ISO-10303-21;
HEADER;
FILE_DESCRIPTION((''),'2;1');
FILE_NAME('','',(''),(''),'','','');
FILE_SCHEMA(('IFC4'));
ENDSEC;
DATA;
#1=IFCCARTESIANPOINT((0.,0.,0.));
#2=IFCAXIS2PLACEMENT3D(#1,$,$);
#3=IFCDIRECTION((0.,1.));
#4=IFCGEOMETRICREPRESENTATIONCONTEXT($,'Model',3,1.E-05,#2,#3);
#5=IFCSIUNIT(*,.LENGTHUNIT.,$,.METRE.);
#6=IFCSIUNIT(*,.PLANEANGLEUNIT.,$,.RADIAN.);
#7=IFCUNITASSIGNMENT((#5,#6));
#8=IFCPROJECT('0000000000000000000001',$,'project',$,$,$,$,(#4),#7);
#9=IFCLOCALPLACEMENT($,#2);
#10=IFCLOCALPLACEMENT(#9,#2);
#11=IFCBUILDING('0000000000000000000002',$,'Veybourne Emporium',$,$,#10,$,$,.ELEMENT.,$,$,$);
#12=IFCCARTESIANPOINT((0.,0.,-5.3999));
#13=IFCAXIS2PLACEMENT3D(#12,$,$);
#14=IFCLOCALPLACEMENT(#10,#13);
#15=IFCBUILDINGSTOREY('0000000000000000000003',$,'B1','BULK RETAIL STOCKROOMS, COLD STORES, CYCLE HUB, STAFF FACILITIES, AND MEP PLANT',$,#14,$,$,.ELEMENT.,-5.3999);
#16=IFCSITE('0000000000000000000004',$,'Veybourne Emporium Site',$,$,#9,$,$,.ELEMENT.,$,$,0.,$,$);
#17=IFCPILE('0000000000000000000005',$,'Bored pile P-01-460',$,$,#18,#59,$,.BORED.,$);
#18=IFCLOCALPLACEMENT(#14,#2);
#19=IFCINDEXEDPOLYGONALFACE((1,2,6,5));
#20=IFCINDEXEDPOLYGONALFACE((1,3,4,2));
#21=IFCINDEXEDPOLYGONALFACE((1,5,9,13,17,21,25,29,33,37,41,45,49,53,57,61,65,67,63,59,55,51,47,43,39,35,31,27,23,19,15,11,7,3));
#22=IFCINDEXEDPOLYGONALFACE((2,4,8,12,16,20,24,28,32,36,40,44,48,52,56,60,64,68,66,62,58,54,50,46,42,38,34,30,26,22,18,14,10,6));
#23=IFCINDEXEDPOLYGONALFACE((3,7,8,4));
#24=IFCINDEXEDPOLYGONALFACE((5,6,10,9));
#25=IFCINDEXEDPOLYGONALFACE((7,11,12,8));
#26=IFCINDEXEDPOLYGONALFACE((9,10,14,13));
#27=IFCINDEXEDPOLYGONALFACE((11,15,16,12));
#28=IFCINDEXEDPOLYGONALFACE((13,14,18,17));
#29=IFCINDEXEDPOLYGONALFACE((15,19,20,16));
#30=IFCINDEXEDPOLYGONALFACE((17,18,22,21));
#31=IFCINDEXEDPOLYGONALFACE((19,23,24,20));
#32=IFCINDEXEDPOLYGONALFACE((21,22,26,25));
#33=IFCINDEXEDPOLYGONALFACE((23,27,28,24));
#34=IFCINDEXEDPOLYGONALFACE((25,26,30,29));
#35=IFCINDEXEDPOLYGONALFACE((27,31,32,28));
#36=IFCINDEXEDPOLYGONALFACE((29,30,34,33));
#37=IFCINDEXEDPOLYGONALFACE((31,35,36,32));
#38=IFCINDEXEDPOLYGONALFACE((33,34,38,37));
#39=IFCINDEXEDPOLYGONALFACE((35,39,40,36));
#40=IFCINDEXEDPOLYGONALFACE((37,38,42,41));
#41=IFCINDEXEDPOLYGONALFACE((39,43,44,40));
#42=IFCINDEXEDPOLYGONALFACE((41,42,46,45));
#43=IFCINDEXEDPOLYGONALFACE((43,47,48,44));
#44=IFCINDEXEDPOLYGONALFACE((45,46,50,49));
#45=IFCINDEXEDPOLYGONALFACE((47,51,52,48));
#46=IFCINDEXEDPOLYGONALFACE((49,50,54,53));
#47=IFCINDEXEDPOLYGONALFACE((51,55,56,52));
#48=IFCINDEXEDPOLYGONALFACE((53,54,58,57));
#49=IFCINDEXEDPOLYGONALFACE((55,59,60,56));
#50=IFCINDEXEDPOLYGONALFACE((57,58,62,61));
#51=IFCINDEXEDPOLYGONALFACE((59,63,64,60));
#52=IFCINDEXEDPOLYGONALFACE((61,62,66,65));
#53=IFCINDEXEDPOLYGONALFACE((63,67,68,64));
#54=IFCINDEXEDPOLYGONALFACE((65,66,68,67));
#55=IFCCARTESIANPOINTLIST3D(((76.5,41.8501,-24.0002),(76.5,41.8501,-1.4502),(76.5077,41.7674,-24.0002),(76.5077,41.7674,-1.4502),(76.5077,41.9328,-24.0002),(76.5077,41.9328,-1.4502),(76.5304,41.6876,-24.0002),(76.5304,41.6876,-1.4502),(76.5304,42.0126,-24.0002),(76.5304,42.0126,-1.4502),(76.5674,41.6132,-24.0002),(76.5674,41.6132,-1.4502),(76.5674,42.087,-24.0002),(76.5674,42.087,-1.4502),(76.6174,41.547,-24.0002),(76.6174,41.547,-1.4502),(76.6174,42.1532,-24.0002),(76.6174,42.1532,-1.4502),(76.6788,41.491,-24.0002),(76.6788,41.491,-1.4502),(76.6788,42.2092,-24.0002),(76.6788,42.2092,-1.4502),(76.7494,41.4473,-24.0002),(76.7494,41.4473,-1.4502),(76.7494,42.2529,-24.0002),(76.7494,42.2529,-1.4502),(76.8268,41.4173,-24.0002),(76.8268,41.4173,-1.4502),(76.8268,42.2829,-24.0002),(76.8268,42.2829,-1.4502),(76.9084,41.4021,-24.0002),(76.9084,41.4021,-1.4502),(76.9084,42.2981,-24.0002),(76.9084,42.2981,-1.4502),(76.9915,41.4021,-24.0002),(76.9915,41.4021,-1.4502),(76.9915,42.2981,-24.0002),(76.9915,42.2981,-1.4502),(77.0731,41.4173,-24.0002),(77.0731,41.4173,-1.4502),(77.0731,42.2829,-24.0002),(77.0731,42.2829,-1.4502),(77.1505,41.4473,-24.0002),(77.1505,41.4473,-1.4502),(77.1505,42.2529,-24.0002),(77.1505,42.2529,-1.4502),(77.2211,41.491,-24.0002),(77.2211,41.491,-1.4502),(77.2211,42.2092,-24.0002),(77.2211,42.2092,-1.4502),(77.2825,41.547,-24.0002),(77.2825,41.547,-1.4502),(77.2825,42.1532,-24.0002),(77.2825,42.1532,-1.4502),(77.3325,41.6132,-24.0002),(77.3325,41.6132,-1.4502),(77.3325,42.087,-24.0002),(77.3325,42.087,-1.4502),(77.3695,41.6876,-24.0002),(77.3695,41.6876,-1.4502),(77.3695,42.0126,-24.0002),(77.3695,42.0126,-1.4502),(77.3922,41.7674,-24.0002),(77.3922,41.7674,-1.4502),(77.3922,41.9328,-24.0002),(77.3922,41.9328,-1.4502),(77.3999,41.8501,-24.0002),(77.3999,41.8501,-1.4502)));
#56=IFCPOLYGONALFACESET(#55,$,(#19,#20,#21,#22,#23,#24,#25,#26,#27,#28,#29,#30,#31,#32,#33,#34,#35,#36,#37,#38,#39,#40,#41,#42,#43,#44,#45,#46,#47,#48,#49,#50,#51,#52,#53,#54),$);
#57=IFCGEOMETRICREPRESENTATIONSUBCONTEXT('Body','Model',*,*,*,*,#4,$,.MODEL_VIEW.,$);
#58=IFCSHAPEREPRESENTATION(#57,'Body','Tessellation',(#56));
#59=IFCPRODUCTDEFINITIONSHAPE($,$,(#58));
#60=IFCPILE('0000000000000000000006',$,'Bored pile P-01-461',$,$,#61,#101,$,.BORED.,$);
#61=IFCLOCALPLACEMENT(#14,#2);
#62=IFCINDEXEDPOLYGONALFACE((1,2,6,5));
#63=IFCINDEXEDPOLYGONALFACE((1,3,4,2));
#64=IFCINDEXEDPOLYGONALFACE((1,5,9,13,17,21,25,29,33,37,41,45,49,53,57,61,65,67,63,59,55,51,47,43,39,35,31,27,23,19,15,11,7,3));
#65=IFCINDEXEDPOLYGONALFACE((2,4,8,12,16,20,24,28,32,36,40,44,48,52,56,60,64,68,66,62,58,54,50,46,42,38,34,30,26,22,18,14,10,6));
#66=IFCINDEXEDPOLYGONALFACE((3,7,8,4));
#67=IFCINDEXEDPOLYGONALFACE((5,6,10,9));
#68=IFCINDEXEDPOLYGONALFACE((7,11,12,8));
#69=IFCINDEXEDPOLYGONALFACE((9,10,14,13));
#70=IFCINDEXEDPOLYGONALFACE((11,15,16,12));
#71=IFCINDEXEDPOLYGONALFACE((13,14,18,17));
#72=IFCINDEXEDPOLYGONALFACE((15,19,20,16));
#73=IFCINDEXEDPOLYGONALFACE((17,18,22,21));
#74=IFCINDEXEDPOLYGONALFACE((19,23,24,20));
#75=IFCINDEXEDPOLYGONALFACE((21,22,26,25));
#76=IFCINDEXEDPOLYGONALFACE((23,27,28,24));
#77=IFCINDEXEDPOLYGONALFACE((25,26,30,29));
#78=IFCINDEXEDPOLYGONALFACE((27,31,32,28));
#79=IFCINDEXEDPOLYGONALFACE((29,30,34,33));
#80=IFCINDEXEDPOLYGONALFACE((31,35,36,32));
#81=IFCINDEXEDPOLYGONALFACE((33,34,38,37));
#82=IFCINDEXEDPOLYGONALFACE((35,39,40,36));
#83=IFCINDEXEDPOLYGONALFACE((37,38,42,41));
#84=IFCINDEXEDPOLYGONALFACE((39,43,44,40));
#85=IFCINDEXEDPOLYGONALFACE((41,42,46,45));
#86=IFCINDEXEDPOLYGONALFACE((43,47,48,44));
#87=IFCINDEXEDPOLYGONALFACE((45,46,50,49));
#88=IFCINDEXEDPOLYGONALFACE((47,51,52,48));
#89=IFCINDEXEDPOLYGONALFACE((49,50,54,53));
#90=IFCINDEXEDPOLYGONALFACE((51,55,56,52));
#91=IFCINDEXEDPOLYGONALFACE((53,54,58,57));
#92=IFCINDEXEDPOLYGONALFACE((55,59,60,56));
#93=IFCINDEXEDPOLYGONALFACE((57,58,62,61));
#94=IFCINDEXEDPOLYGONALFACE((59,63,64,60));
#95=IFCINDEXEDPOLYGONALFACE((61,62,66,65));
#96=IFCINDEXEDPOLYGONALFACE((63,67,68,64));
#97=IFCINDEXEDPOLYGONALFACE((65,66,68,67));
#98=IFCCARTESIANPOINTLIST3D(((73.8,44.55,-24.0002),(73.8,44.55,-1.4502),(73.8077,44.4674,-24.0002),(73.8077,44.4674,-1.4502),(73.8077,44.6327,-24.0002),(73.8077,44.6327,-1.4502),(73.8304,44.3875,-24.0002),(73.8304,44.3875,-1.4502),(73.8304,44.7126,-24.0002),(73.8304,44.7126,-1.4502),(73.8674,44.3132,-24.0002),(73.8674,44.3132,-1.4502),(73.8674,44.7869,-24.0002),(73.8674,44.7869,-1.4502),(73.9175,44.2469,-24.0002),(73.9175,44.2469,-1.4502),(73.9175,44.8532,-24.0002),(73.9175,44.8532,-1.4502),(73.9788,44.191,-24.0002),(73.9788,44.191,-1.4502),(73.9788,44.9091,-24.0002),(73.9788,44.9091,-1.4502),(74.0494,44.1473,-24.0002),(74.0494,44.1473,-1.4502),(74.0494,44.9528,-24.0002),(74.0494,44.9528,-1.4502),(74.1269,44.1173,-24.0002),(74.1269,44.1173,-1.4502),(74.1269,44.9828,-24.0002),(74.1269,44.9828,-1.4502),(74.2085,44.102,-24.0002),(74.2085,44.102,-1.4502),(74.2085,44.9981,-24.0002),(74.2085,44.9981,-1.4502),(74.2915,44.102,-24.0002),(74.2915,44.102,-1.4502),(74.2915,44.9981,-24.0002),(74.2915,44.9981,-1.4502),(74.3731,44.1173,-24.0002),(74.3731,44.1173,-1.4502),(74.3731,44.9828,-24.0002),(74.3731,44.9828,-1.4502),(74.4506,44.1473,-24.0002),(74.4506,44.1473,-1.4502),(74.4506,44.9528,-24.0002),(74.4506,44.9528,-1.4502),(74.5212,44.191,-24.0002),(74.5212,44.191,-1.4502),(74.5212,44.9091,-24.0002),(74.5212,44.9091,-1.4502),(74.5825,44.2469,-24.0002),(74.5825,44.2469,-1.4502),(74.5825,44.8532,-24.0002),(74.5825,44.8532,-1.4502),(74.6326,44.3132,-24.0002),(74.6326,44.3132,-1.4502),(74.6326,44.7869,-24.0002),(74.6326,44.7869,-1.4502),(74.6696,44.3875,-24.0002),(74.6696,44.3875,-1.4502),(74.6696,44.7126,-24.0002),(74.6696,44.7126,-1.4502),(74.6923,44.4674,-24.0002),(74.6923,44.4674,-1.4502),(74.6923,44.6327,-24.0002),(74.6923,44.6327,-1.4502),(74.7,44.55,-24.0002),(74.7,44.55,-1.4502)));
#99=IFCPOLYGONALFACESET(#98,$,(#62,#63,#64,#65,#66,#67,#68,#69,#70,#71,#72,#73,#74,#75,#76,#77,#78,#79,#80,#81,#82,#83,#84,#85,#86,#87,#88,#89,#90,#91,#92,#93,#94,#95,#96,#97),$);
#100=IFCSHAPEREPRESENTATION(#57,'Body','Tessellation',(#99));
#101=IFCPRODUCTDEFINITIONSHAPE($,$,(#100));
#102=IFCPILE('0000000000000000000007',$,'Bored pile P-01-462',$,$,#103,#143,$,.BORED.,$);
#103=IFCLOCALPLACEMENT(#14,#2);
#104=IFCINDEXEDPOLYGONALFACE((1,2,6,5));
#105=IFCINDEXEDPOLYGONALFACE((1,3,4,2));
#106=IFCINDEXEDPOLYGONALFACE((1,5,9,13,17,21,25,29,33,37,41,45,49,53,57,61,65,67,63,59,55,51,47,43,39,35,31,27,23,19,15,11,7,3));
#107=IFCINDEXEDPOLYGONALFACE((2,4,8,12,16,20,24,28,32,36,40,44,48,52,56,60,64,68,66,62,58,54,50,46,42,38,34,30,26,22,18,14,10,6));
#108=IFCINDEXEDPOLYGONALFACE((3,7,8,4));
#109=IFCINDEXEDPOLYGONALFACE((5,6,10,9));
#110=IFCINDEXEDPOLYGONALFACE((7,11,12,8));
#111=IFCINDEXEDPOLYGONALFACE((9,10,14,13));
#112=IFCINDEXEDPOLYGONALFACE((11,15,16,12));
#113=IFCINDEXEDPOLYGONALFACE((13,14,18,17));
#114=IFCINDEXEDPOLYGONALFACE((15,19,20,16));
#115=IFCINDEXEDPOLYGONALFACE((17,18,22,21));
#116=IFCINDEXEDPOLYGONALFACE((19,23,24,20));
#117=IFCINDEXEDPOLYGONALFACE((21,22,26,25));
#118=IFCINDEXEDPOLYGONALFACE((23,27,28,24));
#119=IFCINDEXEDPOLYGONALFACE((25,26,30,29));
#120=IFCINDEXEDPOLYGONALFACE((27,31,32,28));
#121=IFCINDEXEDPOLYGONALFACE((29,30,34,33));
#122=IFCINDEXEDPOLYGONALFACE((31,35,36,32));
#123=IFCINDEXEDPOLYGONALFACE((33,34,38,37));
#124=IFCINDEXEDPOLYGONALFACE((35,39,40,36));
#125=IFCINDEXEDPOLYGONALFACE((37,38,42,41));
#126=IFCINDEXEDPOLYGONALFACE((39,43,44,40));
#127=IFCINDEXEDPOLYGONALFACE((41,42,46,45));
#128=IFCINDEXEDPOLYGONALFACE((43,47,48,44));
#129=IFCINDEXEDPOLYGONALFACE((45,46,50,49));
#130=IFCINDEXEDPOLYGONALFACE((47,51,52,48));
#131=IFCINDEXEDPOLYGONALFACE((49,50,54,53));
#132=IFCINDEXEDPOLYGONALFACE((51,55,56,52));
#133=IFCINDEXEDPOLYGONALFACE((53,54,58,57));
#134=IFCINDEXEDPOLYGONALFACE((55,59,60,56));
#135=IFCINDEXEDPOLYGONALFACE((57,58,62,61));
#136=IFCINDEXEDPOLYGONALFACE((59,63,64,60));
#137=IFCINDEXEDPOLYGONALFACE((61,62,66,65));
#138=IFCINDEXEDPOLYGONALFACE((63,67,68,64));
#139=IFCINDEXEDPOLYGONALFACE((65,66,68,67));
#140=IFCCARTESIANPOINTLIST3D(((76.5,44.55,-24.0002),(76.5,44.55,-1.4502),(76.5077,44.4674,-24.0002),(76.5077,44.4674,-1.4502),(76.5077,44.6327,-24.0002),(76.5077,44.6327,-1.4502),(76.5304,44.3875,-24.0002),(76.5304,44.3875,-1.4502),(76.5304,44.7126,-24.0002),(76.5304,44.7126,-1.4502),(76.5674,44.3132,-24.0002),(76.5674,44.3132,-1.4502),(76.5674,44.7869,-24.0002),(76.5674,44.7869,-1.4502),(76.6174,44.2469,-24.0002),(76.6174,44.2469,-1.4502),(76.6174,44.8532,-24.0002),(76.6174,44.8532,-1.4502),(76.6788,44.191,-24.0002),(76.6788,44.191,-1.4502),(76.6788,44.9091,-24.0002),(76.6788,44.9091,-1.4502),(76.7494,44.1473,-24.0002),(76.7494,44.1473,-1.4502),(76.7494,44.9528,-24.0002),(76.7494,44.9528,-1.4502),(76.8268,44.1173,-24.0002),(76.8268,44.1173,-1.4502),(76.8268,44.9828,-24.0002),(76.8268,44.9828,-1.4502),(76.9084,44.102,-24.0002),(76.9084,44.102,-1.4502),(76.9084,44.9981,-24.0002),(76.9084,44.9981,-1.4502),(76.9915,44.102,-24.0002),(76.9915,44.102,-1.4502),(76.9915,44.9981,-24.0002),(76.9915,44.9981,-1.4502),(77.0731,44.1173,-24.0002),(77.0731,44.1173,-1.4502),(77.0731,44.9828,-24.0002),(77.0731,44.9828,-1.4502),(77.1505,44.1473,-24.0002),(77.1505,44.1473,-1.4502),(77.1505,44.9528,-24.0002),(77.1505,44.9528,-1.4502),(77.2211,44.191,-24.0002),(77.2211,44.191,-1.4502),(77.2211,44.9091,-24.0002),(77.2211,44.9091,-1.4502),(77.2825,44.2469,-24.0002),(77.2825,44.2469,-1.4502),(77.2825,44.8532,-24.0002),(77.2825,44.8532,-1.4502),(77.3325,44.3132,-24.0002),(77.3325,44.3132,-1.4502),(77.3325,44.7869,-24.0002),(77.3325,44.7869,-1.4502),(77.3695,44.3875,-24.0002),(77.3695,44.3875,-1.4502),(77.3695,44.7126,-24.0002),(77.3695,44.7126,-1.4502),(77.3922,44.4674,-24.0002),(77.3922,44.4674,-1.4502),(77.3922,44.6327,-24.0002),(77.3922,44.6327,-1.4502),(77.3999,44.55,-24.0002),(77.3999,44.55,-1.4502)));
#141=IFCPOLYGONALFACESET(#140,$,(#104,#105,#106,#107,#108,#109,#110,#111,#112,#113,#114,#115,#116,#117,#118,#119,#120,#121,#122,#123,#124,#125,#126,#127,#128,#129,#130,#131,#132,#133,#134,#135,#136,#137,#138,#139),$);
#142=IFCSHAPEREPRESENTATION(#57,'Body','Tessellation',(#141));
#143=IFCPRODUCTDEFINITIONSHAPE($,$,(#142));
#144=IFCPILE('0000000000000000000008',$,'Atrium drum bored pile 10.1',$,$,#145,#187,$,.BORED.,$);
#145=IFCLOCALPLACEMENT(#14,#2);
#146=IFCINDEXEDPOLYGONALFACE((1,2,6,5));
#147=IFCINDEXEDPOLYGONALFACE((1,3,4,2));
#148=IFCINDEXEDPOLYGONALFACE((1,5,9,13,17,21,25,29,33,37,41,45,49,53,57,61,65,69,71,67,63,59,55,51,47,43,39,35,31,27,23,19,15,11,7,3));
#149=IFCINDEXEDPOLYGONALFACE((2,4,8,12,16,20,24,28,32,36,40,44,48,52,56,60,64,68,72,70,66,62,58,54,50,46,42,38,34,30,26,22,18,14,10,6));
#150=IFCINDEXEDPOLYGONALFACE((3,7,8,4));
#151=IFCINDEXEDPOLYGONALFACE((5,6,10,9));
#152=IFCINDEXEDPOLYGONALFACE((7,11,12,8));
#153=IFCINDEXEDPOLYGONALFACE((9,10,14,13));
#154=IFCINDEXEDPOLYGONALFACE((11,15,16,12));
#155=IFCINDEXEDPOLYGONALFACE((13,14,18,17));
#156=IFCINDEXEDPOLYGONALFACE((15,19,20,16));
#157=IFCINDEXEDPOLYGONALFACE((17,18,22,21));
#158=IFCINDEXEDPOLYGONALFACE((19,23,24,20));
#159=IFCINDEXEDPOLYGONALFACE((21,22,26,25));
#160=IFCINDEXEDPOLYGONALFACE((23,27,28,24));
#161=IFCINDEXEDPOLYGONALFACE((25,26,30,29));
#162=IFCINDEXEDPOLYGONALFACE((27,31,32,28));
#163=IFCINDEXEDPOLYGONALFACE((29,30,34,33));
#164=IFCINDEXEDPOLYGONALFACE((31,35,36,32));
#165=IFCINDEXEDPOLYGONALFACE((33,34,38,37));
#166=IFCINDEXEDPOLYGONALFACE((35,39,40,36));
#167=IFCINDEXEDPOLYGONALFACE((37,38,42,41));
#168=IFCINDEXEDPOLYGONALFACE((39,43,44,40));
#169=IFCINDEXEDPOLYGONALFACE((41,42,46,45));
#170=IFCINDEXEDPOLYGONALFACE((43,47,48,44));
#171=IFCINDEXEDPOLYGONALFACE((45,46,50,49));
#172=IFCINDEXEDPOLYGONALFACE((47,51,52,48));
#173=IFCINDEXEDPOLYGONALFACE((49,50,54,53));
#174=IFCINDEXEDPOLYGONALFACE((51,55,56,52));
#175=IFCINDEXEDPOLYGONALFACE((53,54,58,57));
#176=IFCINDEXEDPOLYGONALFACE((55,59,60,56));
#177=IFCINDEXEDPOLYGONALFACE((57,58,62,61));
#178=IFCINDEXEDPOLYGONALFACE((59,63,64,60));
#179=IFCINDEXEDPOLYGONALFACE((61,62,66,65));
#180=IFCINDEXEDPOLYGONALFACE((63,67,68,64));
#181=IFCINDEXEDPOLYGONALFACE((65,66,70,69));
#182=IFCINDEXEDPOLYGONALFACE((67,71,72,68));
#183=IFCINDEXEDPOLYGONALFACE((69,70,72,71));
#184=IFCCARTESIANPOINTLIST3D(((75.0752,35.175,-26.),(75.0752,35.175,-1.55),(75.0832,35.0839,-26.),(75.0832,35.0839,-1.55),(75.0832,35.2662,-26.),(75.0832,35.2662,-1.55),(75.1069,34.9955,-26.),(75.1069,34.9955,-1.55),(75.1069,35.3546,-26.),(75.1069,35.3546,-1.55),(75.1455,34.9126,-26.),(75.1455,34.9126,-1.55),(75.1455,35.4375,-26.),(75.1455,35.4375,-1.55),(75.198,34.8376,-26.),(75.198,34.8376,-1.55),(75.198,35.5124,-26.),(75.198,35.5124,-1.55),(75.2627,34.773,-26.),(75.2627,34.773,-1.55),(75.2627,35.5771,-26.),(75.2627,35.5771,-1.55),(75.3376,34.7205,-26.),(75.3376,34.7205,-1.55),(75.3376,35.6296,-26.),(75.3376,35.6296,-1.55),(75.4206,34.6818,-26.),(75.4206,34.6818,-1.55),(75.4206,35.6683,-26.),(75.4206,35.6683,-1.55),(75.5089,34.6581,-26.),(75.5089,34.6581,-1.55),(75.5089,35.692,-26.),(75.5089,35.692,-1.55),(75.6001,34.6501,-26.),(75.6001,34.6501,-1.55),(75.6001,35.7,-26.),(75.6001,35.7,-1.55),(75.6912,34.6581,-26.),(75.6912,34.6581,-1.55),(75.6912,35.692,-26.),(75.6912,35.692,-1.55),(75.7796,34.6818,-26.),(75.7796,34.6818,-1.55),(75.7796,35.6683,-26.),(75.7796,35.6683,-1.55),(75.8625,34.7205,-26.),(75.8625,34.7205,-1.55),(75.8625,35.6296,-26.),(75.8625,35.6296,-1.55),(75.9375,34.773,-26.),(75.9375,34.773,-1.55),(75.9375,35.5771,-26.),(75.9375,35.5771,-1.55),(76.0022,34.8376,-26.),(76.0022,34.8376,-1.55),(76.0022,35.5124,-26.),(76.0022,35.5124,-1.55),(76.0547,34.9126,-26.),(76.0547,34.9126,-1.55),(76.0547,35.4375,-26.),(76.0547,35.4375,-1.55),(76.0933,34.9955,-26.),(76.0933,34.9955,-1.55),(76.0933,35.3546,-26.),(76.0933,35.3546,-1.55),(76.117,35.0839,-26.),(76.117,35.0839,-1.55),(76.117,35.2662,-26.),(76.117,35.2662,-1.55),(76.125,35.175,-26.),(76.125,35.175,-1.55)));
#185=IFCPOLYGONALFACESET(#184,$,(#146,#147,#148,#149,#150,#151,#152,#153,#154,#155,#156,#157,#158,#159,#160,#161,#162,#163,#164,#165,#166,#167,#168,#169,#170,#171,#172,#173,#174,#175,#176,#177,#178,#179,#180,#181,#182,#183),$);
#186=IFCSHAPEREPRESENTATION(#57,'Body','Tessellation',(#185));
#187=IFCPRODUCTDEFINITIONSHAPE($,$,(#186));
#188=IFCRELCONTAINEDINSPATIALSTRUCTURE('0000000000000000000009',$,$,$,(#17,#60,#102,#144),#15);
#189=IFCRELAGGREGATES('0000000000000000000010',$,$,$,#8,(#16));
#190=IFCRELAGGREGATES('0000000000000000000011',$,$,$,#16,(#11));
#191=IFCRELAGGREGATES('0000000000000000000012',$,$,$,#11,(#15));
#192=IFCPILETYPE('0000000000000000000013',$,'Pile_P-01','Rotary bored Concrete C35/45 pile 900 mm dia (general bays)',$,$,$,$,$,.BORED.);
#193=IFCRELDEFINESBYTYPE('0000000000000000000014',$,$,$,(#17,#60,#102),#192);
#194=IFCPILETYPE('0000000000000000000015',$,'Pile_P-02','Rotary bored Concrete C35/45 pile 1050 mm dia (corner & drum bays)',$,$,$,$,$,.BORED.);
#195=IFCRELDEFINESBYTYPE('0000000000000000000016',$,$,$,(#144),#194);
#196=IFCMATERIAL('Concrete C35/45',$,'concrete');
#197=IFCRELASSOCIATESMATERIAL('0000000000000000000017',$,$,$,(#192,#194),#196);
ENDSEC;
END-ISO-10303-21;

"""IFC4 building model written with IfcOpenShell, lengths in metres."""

from ifc_helpers import new_model, si_unit, direction, frame, origin, origin_2d, place, context, subcontext, project, spatial, circle, extrude, material, material_profile, profile_set, type_object, element, save


model = new_model("IFC4")

# Units and contexts
model_context = context("Model", 3, precision=1e-05, world=origin(), true_north=direction((0.0, 1.0)))
body_context = subcontext(model_context, "Body", "Model", "MODEL_VIEW")
ifc_project = project(units=[si_unit("LENGTHUNIT", "METRE"), si_unit("PLANEANGLEUNIT", "RADIAN")], contexts=[model_context])

# Site, building, storey
site_placement = place(None, origin())
site = spatial("IfcSite", under=ifc_project, at=site_placement, Name="Veybourne Emporium Site", CompositionType="ELEMENT", RefElevation=0.0)
building_placement = place(site_placement, origin())
building = spatial("IfcBuilding", under=site, at=building_placement, Name="Veybourne Emporium", CompositionType="ELEMENT")
storey_placement = place(building_placement, frame((0.0, 0.0, -5.3999)))
storey = spatial("IfcBuildingStorey", under=building, at=storey_placement, Name="B1", Description="BULK RETAIL STOCKROOMS, COLD STORES, CYCLE HUB, STAFF FACILITIES, AND MEP PLANT", CompositionType="ELEMENT", Elevation=-5.3999)

# Shared definitions
ifc_material_1 = material(Name="Concrete C35/45", Category="concrete")

# Piles
ifc_material_profile_1 = material_profile(ifc_material_1, circle(Radius=0.45, at=origin_2d()), Name="BORED PILE 900")
ifc_profile_set_1 = profile_set([ifc_material_profile_1], Name="Concrete C35/45")
pile_type_1 = type_object("IfcPileType", Name="Pile_P-01", Description="Rotary bored Concrete C35/45 pile 900 mm dia (general bays)", PredefinedType="BORED", material=ifc_profile_set_1)
for number, where, z_axis, x_axis, name in (
    (1, (76.95, 41.8501, -1.4502), (0.0, 0.0, -1.0), (1.0, 0.0, 0.0), "Bored pile P-01-460"),
    (2, (74.25, 44.55, -1.4502), (0.0, 0.0, -1.0), (1.0, 0.0, 0.0), "Bored pile P-01-461"),
    (3, (76.95, 44.55, -1.4502), (0.0, 0.0, -1.0), (1.0, 0.0, 0.0), "Bored pile P-01-462"),
):
    element("IfcPile", number, at=place(storey_placement, frame(where, z_axis=z_axis, x_axis=x_axis)), inside=storey, type_object=pile_type_1, Name=name, PredefinedType="BORED", context=body_context, shape_type="SweptSolid", body=[
        extrude(circle(Radius=0.45, at=origin_2d()), origin(), (0.0, 0.0, 1.0), 22.55),
    ])
ifc_material_profile_2 = material_profile(ifc_material_1, circle(Radius=0.5249, at=origin_2d()), Name="BORED PILE 1050")
ifc_profile_set_2 = profile_set([ifc_material_profile_2], Name="Concrete C35/45")
pile_type_2 = type_object("IfcPileType", Name="Pile_P-02", Description="Rotary bored Concrete C35/45 pile 1050 mm dia (corner & drum bays)", PredefinedType="BORED", material=ifc_profile_set_2)
for number, where, z_axis, x_axis, name in (
    (4, (75.6001, 35.175, -1.55), (0.0, 0.0, -1.0), (1.0, 0.0, 0.0), "Atrium drum bored pile 10.1"),
):
    element("IfcPile", number, at=place(storey_placement, frame(where, z_axis=z_axis, x_axis=x_axis)), inside=storey, type_object=pile_type_2, Name=name, PredefinedType="BORED", context=body_context, shape_type="SweptSolid", body=[
        extrude(circle(Radius=0.5249, at=origin_2d()), origin(), (0.0, 0.0, 1.0), 24.45),
    ])

save(model, "model.ifc")
